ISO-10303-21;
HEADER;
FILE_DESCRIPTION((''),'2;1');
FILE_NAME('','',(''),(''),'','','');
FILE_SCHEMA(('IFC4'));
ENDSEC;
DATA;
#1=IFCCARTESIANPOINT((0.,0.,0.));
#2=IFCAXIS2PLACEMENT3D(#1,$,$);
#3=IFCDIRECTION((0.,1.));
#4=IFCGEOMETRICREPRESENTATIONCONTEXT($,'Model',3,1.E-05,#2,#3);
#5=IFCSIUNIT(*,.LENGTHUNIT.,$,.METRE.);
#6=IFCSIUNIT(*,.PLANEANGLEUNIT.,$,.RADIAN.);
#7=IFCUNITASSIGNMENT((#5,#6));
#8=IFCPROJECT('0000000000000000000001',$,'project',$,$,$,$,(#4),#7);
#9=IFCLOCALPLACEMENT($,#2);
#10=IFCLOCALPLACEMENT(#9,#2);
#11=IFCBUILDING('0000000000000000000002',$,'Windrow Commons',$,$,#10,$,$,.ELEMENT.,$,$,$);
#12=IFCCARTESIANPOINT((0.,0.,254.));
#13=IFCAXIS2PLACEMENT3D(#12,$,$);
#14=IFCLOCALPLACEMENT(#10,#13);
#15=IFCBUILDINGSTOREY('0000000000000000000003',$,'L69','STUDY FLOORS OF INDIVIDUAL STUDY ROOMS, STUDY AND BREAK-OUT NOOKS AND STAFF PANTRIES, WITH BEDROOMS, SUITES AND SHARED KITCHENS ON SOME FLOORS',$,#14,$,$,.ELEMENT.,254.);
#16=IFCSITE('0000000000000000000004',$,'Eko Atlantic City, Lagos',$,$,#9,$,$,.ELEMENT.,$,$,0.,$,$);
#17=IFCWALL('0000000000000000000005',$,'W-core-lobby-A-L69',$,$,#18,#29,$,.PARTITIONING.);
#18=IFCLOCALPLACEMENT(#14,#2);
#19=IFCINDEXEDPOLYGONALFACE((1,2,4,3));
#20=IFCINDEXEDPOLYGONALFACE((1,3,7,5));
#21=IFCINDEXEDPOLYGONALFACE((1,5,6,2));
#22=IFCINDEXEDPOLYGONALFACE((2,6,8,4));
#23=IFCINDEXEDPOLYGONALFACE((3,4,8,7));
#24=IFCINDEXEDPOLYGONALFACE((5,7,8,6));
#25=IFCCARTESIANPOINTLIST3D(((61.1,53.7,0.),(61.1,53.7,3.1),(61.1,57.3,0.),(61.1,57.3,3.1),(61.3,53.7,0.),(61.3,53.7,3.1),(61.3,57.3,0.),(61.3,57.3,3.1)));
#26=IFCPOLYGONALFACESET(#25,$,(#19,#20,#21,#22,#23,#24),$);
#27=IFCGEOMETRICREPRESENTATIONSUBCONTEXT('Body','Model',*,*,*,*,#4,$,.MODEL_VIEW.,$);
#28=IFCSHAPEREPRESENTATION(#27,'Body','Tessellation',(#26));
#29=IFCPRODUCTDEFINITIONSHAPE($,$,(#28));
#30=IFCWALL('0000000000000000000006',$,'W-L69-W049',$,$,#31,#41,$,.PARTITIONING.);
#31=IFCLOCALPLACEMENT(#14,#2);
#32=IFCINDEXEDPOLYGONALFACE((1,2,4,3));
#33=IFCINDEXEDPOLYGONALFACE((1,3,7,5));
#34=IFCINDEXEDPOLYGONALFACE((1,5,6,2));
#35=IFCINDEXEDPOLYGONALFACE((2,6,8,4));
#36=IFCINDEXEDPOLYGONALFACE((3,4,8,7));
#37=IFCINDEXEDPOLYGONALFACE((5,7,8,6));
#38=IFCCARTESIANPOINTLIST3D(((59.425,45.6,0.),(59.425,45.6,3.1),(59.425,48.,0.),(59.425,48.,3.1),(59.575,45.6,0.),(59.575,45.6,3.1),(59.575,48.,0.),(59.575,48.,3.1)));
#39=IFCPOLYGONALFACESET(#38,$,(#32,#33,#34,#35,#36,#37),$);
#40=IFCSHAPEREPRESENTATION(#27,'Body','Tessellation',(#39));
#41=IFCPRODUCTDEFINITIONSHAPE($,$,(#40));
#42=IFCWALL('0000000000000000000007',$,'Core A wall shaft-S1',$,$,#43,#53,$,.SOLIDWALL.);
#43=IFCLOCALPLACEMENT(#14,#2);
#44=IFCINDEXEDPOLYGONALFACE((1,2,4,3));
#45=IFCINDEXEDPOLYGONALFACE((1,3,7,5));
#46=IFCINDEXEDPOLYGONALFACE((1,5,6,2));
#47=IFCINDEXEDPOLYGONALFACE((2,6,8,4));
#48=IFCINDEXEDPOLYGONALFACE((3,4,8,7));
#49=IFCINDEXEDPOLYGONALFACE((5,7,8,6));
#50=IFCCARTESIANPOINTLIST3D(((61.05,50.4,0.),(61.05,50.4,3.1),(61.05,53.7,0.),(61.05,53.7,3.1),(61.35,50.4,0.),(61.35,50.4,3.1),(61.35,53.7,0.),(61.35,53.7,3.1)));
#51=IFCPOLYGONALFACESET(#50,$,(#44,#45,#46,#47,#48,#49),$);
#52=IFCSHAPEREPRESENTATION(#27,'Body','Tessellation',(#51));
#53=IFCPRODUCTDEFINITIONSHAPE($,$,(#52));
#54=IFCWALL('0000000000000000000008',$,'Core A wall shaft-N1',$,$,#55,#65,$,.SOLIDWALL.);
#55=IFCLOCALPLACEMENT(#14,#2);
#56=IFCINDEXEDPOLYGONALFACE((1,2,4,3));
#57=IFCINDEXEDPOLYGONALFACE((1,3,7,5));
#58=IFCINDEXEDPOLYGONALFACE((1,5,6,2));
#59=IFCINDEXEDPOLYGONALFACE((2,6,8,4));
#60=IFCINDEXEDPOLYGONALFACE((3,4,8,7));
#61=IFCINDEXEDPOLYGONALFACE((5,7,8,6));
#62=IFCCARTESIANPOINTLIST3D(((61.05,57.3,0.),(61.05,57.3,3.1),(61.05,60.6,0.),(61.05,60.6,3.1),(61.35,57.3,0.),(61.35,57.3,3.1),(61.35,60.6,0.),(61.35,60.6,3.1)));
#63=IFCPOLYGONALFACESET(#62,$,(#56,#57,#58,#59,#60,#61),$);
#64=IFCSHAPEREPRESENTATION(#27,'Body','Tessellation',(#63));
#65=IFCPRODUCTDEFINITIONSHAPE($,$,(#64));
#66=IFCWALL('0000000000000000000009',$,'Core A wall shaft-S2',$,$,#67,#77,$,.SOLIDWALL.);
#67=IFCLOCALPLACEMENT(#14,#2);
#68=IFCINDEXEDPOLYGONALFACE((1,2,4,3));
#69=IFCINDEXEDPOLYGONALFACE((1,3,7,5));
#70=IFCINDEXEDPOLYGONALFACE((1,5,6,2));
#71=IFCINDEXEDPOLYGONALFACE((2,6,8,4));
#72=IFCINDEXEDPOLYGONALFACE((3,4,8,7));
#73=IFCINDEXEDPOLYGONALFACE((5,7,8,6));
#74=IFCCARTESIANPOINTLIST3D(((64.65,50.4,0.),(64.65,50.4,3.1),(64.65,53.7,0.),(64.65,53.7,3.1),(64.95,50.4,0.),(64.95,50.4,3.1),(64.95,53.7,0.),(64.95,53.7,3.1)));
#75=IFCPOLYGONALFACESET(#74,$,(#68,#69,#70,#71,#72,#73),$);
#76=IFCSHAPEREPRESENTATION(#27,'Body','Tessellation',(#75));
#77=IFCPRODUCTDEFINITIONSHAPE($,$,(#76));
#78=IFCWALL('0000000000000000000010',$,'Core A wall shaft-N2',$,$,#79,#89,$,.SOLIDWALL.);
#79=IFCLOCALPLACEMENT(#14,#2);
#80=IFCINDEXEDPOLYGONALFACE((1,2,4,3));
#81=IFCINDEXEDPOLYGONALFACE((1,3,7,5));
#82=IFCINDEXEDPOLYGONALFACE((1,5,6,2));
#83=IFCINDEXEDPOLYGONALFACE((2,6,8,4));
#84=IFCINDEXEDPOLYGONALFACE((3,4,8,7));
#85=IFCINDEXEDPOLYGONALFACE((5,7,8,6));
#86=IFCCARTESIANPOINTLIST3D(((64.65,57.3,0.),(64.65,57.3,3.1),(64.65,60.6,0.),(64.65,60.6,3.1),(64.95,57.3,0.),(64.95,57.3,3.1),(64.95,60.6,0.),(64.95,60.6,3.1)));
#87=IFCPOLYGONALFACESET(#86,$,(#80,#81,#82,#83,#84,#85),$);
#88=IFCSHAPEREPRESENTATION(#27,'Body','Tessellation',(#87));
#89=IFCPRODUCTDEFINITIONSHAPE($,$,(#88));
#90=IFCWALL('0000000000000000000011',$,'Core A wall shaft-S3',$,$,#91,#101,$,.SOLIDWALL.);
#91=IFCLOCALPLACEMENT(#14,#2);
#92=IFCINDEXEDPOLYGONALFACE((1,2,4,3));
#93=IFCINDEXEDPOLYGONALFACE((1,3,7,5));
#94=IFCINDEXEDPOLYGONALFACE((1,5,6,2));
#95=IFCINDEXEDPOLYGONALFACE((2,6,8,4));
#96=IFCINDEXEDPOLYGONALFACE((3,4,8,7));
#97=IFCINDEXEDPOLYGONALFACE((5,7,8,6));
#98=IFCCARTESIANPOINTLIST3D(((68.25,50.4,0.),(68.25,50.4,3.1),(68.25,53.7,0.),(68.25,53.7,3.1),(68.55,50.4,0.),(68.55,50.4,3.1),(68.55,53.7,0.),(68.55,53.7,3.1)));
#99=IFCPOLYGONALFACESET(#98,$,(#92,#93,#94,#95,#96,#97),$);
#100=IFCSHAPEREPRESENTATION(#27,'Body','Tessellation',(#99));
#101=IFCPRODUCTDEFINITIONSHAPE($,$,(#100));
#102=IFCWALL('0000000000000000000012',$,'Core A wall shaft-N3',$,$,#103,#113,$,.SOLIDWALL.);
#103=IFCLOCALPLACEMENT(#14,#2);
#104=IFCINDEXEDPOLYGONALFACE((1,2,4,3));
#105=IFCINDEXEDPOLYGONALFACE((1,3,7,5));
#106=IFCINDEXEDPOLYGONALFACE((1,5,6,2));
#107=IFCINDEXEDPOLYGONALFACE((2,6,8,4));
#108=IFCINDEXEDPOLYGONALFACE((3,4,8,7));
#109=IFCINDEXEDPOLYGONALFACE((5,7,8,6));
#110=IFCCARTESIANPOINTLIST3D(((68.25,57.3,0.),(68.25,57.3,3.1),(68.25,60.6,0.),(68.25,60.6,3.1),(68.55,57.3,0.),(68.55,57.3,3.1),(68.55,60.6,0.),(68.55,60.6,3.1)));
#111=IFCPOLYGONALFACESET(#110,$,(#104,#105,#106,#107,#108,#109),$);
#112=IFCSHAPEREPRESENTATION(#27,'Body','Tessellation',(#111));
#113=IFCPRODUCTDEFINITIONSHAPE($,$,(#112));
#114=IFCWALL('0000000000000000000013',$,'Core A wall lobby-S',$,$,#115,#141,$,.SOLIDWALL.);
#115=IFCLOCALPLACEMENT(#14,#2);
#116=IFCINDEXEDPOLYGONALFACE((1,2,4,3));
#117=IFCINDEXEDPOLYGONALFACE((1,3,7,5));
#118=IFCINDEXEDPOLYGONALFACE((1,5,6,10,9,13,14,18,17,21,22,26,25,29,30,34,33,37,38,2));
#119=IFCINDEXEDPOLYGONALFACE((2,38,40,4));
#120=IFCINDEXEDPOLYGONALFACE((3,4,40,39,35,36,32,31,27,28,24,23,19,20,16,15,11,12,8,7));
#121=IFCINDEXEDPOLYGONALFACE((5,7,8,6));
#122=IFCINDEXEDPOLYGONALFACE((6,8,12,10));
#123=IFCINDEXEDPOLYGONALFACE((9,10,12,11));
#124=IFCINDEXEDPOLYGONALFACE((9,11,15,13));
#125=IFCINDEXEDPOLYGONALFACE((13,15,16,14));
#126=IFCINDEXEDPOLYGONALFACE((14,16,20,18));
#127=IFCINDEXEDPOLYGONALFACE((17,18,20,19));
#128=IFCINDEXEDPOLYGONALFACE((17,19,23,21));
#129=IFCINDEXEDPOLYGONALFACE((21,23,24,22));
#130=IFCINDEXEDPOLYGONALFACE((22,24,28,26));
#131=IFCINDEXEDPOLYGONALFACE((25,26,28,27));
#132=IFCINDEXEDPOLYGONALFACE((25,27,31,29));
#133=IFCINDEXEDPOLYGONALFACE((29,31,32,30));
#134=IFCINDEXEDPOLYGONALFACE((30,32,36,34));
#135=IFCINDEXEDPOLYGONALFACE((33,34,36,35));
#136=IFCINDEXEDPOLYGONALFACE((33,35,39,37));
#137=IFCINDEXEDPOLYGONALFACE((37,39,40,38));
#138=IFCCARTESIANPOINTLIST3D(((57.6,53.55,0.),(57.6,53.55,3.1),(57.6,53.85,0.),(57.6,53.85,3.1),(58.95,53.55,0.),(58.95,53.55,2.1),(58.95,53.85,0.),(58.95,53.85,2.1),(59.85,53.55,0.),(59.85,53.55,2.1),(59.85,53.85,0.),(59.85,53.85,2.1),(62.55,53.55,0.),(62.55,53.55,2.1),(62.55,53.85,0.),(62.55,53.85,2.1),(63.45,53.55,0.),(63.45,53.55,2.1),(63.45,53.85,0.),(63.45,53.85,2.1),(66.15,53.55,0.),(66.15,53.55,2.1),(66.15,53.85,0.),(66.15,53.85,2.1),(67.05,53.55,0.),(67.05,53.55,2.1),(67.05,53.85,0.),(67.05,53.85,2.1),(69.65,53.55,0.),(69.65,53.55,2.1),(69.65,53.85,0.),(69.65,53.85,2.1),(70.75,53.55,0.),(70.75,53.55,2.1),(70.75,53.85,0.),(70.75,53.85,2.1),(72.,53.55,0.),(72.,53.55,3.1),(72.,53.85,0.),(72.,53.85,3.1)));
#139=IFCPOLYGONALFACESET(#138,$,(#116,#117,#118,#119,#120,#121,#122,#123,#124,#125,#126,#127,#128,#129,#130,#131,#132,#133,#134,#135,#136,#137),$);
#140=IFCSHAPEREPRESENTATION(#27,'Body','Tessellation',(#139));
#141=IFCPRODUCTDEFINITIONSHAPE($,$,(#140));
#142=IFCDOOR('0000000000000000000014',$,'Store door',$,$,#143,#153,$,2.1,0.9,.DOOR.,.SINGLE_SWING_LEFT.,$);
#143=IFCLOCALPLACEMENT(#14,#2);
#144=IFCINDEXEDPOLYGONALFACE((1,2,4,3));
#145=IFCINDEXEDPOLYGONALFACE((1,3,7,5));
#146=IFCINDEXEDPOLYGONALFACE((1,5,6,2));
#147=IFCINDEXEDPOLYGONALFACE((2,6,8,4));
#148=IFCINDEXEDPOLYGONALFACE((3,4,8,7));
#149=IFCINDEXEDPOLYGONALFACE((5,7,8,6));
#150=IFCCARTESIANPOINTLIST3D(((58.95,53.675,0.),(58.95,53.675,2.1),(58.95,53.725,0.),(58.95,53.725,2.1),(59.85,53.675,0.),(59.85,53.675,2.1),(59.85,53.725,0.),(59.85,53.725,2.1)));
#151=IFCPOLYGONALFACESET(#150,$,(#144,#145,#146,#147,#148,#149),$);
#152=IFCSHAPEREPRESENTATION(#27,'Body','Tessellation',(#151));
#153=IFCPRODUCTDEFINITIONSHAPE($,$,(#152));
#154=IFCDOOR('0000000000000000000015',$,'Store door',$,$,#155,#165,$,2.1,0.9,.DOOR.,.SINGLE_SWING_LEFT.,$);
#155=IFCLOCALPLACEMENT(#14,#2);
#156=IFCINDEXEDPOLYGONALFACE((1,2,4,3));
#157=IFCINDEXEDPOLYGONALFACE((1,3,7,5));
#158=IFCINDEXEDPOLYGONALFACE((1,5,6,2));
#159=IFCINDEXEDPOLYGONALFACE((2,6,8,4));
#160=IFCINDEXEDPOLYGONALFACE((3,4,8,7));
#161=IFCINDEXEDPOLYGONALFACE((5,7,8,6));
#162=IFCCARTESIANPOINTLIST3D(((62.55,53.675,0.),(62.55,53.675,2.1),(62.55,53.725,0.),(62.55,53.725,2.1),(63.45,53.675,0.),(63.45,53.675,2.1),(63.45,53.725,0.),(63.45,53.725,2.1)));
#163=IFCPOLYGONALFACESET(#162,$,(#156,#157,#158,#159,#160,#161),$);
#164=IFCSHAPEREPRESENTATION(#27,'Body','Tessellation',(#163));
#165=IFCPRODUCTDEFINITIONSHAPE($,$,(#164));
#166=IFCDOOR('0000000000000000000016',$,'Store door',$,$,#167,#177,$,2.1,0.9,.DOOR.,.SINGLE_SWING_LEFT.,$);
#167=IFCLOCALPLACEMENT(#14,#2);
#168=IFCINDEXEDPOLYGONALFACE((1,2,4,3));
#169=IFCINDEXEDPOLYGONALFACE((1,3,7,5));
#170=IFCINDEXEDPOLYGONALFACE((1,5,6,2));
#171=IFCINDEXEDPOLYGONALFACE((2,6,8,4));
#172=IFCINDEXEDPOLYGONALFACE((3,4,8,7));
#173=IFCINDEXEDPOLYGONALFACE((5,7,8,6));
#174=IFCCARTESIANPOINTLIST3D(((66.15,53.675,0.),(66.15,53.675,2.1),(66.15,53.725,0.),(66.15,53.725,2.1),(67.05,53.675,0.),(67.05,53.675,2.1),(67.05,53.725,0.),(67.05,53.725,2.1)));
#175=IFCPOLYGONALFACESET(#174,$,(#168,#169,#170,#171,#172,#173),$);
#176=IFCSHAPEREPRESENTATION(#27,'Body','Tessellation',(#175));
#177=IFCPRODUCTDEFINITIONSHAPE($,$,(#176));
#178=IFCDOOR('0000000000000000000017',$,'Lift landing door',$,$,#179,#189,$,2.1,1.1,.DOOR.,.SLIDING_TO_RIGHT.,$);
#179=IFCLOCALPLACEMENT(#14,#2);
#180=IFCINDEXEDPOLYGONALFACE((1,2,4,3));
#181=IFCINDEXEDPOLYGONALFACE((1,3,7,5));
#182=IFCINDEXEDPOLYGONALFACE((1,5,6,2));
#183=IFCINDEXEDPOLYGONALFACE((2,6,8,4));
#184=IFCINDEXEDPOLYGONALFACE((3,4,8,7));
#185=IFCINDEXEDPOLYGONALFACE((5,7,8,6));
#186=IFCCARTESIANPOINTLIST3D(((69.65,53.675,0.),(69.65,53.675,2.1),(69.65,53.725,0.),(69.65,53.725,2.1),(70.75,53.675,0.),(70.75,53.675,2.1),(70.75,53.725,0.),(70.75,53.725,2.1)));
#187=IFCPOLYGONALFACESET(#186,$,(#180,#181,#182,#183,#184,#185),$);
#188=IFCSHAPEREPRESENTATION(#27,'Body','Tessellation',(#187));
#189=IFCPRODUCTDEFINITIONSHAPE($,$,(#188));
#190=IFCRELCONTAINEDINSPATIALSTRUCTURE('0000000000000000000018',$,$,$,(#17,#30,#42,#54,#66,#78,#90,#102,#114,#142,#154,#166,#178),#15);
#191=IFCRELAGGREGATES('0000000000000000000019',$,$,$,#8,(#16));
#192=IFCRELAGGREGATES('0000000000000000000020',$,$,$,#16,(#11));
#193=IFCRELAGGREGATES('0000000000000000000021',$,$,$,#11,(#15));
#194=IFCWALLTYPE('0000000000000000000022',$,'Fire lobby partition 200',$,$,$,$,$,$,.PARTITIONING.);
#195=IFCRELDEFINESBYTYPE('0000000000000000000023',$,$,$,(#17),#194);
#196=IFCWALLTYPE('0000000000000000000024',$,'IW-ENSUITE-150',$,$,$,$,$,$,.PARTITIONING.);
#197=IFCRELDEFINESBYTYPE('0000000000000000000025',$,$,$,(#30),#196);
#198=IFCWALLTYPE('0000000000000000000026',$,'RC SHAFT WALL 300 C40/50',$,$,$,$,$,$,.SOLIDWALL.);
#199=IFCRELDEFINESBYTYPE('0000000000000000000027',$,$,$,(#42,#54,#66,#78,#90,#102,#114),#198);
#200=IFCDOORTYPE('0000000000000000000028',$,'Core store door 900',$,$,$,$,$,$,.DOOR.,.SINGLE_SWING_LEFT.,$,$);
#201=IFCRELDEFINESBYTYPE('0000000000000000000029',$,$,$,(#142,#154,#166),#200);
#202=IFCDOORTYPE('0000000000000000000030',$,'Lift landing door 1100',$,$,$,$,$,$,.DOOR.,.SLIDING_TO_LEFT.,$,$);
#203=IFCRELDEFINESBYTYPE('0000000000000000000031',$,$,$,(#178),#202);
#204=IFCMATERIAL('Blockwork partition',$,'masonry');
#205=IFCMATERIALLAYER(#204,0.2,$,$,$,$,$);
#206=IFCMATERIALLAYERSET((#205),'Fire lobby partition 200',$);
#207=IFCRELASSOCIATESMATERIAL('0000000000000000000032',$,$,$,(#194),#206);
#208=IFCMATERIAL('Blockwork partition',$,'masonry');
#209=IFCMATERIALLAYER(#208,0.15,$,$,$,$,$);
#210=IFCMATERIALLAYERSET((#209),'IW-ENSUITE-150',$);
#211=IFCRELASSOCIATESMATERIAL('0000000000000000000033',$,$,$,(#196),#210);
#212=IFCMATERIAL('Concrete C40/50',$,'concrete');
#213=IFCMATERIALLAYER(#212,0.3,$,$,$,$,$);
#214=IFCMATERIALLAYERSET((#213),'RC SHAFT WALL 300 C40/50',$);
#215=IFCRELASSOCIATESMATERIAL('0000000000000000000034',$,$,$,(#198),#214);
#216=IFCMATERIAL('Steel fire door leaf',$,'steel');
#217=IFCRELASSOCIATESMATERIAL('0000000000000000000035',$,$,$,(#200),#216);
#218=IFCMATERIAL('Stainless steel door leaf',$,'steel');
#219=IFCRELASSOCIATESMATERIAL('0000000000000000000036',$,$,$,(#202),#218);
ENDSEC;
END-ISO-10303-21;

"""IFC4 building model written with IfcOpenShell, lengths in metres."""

from ifc_helpers import new_model, si_unit, direction, frame, frame_2d, origin, place, context, subcontext, project, spatial, rectangle, extrude, material, layer, layer_set, type_object, element, fill, save


model = new_model("IFC4")

# Units and contexts
model_context = context("Model", 3, precision=1e-05, world=origin(), true_north=direction((0.0, 1.0)))
body_context = subcontext(model_context, "Body", "Model", "MODEL_VIEW")
ifc_project = project(units=[si_unit("LENGTHUNIT", "METRE"), si_unit("PLANEANGLEUNIT", "RADIAN")], contexts=[model_context])

# Site, building, storey
site_placement = place(None, origin())
site = spatial("IfcSite", under=ifc_project, at=site_placement, Name="Eko Atlantic City, Lagos", CompositionType="ELEMENT", RefElevation=0.0)
building_placement = place(site_placement, origin())
building = spatial("IfcBuilding", under=site, at=building_placement, Name="Windrow Commons", CompositionType="ELEMENT")
storey_placement = place(building_placement, frame((0.0, 0.0, 254.0)))
storey = spatial("IfcBuildingStorey", under=building, at=storey_placement, Name="L69", Description="STUDY FLOORS OF INDIVIDUAL STUDY ROOMS, STUDY AND BREAK-OUT NOOKS AND STAFF PANTRIES, WITH BEDROOMS, SUITES AND SHARED KITCHENS ON SOME FLOORS", CompositionType="ELEMENT", Elevation=254.0)

# Walls
ifc_material_1 = material(Name="Blockwork partition", Category="masonry")
ifc_layer_1 = layer(ifc_material_1, 0.2)
ifc_layer_set_1 = layer_set([ifc_layer_1], Name="Fire lobby partition 200")
wall_type_1 = type_object("IfcWallType", Name="Fire lobby partition 200", PredefinedType="PARTITIONING", material=ifc_layer_set_1)
wall_1_placement = place(storey_placement, frame((61.2, 53.7, 0.0), z_axis=(0.0, 0.0, 1.0), x_axis=(0.0, 1.0, 0.0)))
element("IfcWall", 1, at=wall_1_placement, inside=storey, type_object=wall_type_1, Name="W-core-lobby-A-L69", PredefinedType="PARTITIONING", context=body_context, shape_type="SweptSolid", body=[
    extrude(rectangle(XDim=3.6, YDim=0.2, at=frame_2d((1.8, 0.0))), origin(), (0.0, 0.0, 1.0), 3.1),
])
ifc_material_2 = material(Name="Blockwork partition", Category="masonry")
ifc_layer_2 = layer(ifc_material_2, 0.15)
ifc_layer_set_2 = layer_set([ifc_layer_2], Name="IW-ENSUITE-150")
wall_type_2 = type_object("IfcWallType", Name="IW-ENSUITE-150", PredefinedType="PARTITIONING", material=ifc_layer_set_2)
wall_2_placement = place(storey_placement, frame((59.5, 45.6, 0.0), z_axis=(0.0, 0.0, 1.0), x_axis=(0.0, 1.0, 0.0)))
element("IfcWall", 2, at=wall_2_placement, inside=storey, type_object=wall_type_2, Name="W-L69-W049", PredefinedType="PARTITIONING", context=body_context, shape_type="SweptSolid", body=[
    extrude(rectangle(XDim=2.4, YDim=0.15, at=frame_2d((1.2, 0.0))), origin(), (0.0, 0.0, 1.0), 3.1),
])
ifc_material_3 = material(Name="Concrete C40/50", Category="concrete")
ifc_layer_3 = layer(ifc_material_3, 0.3)
ifc_layer_set_3 = layer_set([ifc_layer_3], Name="RC SHAFT WALL 300 C40/50")
wall_type_3 = type_object("IfcWallType", Name="RC SHAFT WALL 300 C40/50", PredefinedType="SOLIDWALL", material=ifc_layer_set_3)
for number, where, z_axis, x_axis, name in (
    (3, (61.2, 50.4, 0.0), (0.0, 0.0, 1.0), (0.0, 1.0, 0.0), "Core A wall shaft-S1"),
    (4, (61.2, 57.3, 0.0), (0.0, 0.0, 1.0), (0.0, 1.0, 0.0), "Core A wall shaft-N1"),
    (5, (64.8, 50.4, 0.0), (0.0, 0.0, 1.0), (0.0, 1.0, 0.0), "Core A wall shaft-S2"),
    (6, (64.8, 57.3, 0.0), (0.0, 0.0, 1.0), (0.0, 1.0, 0.0), "Core A wall shaft-N2"),
    (7, (68.4, 50.4, 0.0), (0.0, 0.0, 1.0), (0.0, 1.0, 0.0), "Core A wall shaft-S3"),
    (8, (68.4, 57.3, 0.0), (0.0, 0.0, 1.0), (0.0, 1.0, 0.0), "Core A wall shaft-N3"),
):
    element("IfcWall", number, at=place(storey_placement, frame(where, z_axis=z_axis, x_axis=x_axis)), inside=storey, type_object=wall_type_3, Name=name, PredefinedType="SOLIDWALL", context=body_context, shape_type="SweptSolid", body=[
        extrude(rectangle(XDim=3.3, YDim=0.3, at=frame_2d((1.65, 0.0))), origin(), (0.0, 0.0, 1.0), 3.1),
    ])

# Wall, openings, doors
wall_3_placement = place(storey_placement, frame((57.6, 53.7, 0.0), z_axis=(0.0, 0.0, 1.0), x_axis=(1.0, 0.0, 0.0)))
wall_3 = element("IfcWall", 9, at=wall_3_placement, inside=storey, type_object=wall_type_3, Name="Core A wall lobby-S", PredefinedType="SOLIDWALL", context=body_context, shape_type="SweptSolid", body=[
    extrude(rectangle(XDim=14.4, YDim=0.3, at=frame_2d((7.2, 0.0))), origin(), (0.0, 0.0, 1.0), 3.1),
])
opening_1_placement = place(wall_3_placement, frame((1.35, 0.0, 0.0)))
opening_1 = element("IfcOpeningElement", 10, at=opening_1_placement, cuts=wall_3, PredefinedType="OPENING", context=body_context, shape_type="SweptSolid", body=[
    extrude(rectangle(XDim=0.9, YDim=2.1, at=frame_2d((0.45, 1.05))), frame((0.0, 0.16, 0.0), z_axis=(0.0, -1.0, 0.0), x_axis=(1.0, 0.0, 0.0)), (0.0, 0.0, 1.0), 0.32),
])
opening_2_placement = place(wall_3_placement, frame((4.95, 0.0, 0.0)))
opening_2 = element("IfcOpeningElement", 11, at=opening_2_placement, cuts=wall_3, PredefinedType="OPENING", context=body_context, shape_type="SweptSolid", body=[
    extrude(rectangle(XDim=0.9, YDim=2.1, at=frame_2d((0.45, 1.05))), frame((0.0, 0.16, 0.0), z_axis=(0.0, -1.0, 0.0), x_axis=(1.0, 0.0, 0.0)), (0.0, 0.0, 1.0), 0.32),
])
opening_3_placement = place(wall_3_placement, frame((8.55, 0.0, 0.0)))
opening_3 = element("IfcOpeningElement", 12, at=opening_3_placement, cuts=wall_3, PredefinedType="OPENING", context=body_context, shape_type="SweptSolid", body=[
    extrude(rectangle(XDim=0.9, YDim=2.1, at=frame_2d((0.45, 1.05))), frame((0.0, 0.16, 0.0), z_axis=(0.0, -1.0, 0.0), x_axis=(1.0, 0.0, 0.0)), (0.0, 0.0, 1.0), 0.32),
])
opening_4_placement = place(wall_3_placement, frame((12.05, 0.0, 0.0)))
opening_4 = element("IfcOpeningElement", 13, at=opening_4_placement, cuts=wall_3, PredefinedType="OPENING", context=body_context, shape_type="SweptSolid", body=[
    extrude(rectangle(XDim=1.1, YDim=2.1, at=frame_2d((0.55, 1.05))), frame((0.0, 0.16, 0.0), z_axis=(0.0, -1.0, 0.0), x_axis=(1.0, 0.0, 0.0)), (0.0, 0.0, 1.0), 0.32),
])
ifc_material_4 = material(Name="Steel fire door leaf", Category="steel")
door_type_1 = type_object("IfcDoorType", Name="Core store door 900", OperationType="SINGLE_SWING_LEFT", PredefinedType="DOOR", material=ifc_material_4)
door_1_placement = place(opening_1_placement, origin())
door_1 = element("IfcDoor", 14, at=door_1_placement, inside=storey, type_object=door_type_1, Name="Store door", OperationType="SINGLE_SWING_LEFT", OverallHeight=2.1, OverallWidth=0.9, PredefinedType="DOOR", context=body_context, shape_type="SweptSolid", body=[
    extrude(rectangle(XDim=0.9, YDim=2.1, at=frame_2d((0.45, 1.05))), frame((0.0, 0.025, 0.0), z_axis=(0.0, -1.0, 0.0), x_axis=(1.0, 0.0, 0.0)), (0.0, 0.0, 1.0), 0.05),
])
fill(opening_1, door_1)
door_2_placement = place(opening_2_placement, origin())
door_2 = element("IfcDoor", 15, at=door_2_placement, inside=storey, type_object=door_type_1, Name="Store door", OperationType="SINGLE_SWING_LEFT", OverallHeight=2.1, OverallWidth=0.9, PredefinedType="DOOR", context=body_context, shape_type="SweptSolid", body=[
    extrude(rectangle(XDim=0.9, YDim=2.1, at=frame_2d((0.45, 1.05))), frame((0.0, 0.025, 0.0), z_axis=(0.0, -1.0, 0.0), x_axis=(1.0, 0.0, 0.0)), (0.0, 0.0, 1.0), 0.05),
])
fill(opening_2, door_2)
door_3_placement = place(opening_3_placement, origin())
door_3 = element("IfcDoor", 16, at=door_3_placement, inside=storey, type_object=door_type_1, Name="Store door", OperationType="SINGLE_SWING_LEFT", OverallHeight=2.1, OverallWidth=0.9, PredefinedType="DOOR", context=body_context, shape_type="SweptSolid", body=[
    extrude(rectangle(XDim=0.9, YDim=2.1, at=frame_2d((0.45, 1.05))), frame((0.0, 0.025, 0.0), z_axis=(0.0, -1.0, 0.0), x_axis=(1.0, 0.0, 0.0)), (0.0, 0.0, 1.0), 0.05),
])
fill(opening_3, door_3)
ifc_material_5 = material(Name="Stainless steel door leaf", Category="steel")
door_type_2 = type_object("IfcDoorType", Name="Lift landing door 1100", OperationType="SLIDING_TO_LEFT", PredefinedType="DOOR", material=ifc_material_5)
door_4_placement = place(opening_4_placement, origin())
door_4 = element("IfcDoor", 17, at=door_4_placement, inside=storey, type_object=door_type_2, Name="Lift landing door", OperationType="SLIDING_TO_RIGHT", OverallHeight=2.1, OverallWidth=1.1, PredefinedType="DOOR", context=body_context, shape_type="SweptSolid", body=[
    extrude(rectangle(XDim=1.1, YDim=2.1, at=frame_2d((0.55, 1.05))), frame((0.0, 0.025, 0.0), z_axis=(0.0, -1.0, 0.0), x_axis=(1.0, 0.0, 0.0)), (0.0, 0.0, 1.0), 0.05),
])
fill(opening_4, door_4)

save(model, "model.ifc")
